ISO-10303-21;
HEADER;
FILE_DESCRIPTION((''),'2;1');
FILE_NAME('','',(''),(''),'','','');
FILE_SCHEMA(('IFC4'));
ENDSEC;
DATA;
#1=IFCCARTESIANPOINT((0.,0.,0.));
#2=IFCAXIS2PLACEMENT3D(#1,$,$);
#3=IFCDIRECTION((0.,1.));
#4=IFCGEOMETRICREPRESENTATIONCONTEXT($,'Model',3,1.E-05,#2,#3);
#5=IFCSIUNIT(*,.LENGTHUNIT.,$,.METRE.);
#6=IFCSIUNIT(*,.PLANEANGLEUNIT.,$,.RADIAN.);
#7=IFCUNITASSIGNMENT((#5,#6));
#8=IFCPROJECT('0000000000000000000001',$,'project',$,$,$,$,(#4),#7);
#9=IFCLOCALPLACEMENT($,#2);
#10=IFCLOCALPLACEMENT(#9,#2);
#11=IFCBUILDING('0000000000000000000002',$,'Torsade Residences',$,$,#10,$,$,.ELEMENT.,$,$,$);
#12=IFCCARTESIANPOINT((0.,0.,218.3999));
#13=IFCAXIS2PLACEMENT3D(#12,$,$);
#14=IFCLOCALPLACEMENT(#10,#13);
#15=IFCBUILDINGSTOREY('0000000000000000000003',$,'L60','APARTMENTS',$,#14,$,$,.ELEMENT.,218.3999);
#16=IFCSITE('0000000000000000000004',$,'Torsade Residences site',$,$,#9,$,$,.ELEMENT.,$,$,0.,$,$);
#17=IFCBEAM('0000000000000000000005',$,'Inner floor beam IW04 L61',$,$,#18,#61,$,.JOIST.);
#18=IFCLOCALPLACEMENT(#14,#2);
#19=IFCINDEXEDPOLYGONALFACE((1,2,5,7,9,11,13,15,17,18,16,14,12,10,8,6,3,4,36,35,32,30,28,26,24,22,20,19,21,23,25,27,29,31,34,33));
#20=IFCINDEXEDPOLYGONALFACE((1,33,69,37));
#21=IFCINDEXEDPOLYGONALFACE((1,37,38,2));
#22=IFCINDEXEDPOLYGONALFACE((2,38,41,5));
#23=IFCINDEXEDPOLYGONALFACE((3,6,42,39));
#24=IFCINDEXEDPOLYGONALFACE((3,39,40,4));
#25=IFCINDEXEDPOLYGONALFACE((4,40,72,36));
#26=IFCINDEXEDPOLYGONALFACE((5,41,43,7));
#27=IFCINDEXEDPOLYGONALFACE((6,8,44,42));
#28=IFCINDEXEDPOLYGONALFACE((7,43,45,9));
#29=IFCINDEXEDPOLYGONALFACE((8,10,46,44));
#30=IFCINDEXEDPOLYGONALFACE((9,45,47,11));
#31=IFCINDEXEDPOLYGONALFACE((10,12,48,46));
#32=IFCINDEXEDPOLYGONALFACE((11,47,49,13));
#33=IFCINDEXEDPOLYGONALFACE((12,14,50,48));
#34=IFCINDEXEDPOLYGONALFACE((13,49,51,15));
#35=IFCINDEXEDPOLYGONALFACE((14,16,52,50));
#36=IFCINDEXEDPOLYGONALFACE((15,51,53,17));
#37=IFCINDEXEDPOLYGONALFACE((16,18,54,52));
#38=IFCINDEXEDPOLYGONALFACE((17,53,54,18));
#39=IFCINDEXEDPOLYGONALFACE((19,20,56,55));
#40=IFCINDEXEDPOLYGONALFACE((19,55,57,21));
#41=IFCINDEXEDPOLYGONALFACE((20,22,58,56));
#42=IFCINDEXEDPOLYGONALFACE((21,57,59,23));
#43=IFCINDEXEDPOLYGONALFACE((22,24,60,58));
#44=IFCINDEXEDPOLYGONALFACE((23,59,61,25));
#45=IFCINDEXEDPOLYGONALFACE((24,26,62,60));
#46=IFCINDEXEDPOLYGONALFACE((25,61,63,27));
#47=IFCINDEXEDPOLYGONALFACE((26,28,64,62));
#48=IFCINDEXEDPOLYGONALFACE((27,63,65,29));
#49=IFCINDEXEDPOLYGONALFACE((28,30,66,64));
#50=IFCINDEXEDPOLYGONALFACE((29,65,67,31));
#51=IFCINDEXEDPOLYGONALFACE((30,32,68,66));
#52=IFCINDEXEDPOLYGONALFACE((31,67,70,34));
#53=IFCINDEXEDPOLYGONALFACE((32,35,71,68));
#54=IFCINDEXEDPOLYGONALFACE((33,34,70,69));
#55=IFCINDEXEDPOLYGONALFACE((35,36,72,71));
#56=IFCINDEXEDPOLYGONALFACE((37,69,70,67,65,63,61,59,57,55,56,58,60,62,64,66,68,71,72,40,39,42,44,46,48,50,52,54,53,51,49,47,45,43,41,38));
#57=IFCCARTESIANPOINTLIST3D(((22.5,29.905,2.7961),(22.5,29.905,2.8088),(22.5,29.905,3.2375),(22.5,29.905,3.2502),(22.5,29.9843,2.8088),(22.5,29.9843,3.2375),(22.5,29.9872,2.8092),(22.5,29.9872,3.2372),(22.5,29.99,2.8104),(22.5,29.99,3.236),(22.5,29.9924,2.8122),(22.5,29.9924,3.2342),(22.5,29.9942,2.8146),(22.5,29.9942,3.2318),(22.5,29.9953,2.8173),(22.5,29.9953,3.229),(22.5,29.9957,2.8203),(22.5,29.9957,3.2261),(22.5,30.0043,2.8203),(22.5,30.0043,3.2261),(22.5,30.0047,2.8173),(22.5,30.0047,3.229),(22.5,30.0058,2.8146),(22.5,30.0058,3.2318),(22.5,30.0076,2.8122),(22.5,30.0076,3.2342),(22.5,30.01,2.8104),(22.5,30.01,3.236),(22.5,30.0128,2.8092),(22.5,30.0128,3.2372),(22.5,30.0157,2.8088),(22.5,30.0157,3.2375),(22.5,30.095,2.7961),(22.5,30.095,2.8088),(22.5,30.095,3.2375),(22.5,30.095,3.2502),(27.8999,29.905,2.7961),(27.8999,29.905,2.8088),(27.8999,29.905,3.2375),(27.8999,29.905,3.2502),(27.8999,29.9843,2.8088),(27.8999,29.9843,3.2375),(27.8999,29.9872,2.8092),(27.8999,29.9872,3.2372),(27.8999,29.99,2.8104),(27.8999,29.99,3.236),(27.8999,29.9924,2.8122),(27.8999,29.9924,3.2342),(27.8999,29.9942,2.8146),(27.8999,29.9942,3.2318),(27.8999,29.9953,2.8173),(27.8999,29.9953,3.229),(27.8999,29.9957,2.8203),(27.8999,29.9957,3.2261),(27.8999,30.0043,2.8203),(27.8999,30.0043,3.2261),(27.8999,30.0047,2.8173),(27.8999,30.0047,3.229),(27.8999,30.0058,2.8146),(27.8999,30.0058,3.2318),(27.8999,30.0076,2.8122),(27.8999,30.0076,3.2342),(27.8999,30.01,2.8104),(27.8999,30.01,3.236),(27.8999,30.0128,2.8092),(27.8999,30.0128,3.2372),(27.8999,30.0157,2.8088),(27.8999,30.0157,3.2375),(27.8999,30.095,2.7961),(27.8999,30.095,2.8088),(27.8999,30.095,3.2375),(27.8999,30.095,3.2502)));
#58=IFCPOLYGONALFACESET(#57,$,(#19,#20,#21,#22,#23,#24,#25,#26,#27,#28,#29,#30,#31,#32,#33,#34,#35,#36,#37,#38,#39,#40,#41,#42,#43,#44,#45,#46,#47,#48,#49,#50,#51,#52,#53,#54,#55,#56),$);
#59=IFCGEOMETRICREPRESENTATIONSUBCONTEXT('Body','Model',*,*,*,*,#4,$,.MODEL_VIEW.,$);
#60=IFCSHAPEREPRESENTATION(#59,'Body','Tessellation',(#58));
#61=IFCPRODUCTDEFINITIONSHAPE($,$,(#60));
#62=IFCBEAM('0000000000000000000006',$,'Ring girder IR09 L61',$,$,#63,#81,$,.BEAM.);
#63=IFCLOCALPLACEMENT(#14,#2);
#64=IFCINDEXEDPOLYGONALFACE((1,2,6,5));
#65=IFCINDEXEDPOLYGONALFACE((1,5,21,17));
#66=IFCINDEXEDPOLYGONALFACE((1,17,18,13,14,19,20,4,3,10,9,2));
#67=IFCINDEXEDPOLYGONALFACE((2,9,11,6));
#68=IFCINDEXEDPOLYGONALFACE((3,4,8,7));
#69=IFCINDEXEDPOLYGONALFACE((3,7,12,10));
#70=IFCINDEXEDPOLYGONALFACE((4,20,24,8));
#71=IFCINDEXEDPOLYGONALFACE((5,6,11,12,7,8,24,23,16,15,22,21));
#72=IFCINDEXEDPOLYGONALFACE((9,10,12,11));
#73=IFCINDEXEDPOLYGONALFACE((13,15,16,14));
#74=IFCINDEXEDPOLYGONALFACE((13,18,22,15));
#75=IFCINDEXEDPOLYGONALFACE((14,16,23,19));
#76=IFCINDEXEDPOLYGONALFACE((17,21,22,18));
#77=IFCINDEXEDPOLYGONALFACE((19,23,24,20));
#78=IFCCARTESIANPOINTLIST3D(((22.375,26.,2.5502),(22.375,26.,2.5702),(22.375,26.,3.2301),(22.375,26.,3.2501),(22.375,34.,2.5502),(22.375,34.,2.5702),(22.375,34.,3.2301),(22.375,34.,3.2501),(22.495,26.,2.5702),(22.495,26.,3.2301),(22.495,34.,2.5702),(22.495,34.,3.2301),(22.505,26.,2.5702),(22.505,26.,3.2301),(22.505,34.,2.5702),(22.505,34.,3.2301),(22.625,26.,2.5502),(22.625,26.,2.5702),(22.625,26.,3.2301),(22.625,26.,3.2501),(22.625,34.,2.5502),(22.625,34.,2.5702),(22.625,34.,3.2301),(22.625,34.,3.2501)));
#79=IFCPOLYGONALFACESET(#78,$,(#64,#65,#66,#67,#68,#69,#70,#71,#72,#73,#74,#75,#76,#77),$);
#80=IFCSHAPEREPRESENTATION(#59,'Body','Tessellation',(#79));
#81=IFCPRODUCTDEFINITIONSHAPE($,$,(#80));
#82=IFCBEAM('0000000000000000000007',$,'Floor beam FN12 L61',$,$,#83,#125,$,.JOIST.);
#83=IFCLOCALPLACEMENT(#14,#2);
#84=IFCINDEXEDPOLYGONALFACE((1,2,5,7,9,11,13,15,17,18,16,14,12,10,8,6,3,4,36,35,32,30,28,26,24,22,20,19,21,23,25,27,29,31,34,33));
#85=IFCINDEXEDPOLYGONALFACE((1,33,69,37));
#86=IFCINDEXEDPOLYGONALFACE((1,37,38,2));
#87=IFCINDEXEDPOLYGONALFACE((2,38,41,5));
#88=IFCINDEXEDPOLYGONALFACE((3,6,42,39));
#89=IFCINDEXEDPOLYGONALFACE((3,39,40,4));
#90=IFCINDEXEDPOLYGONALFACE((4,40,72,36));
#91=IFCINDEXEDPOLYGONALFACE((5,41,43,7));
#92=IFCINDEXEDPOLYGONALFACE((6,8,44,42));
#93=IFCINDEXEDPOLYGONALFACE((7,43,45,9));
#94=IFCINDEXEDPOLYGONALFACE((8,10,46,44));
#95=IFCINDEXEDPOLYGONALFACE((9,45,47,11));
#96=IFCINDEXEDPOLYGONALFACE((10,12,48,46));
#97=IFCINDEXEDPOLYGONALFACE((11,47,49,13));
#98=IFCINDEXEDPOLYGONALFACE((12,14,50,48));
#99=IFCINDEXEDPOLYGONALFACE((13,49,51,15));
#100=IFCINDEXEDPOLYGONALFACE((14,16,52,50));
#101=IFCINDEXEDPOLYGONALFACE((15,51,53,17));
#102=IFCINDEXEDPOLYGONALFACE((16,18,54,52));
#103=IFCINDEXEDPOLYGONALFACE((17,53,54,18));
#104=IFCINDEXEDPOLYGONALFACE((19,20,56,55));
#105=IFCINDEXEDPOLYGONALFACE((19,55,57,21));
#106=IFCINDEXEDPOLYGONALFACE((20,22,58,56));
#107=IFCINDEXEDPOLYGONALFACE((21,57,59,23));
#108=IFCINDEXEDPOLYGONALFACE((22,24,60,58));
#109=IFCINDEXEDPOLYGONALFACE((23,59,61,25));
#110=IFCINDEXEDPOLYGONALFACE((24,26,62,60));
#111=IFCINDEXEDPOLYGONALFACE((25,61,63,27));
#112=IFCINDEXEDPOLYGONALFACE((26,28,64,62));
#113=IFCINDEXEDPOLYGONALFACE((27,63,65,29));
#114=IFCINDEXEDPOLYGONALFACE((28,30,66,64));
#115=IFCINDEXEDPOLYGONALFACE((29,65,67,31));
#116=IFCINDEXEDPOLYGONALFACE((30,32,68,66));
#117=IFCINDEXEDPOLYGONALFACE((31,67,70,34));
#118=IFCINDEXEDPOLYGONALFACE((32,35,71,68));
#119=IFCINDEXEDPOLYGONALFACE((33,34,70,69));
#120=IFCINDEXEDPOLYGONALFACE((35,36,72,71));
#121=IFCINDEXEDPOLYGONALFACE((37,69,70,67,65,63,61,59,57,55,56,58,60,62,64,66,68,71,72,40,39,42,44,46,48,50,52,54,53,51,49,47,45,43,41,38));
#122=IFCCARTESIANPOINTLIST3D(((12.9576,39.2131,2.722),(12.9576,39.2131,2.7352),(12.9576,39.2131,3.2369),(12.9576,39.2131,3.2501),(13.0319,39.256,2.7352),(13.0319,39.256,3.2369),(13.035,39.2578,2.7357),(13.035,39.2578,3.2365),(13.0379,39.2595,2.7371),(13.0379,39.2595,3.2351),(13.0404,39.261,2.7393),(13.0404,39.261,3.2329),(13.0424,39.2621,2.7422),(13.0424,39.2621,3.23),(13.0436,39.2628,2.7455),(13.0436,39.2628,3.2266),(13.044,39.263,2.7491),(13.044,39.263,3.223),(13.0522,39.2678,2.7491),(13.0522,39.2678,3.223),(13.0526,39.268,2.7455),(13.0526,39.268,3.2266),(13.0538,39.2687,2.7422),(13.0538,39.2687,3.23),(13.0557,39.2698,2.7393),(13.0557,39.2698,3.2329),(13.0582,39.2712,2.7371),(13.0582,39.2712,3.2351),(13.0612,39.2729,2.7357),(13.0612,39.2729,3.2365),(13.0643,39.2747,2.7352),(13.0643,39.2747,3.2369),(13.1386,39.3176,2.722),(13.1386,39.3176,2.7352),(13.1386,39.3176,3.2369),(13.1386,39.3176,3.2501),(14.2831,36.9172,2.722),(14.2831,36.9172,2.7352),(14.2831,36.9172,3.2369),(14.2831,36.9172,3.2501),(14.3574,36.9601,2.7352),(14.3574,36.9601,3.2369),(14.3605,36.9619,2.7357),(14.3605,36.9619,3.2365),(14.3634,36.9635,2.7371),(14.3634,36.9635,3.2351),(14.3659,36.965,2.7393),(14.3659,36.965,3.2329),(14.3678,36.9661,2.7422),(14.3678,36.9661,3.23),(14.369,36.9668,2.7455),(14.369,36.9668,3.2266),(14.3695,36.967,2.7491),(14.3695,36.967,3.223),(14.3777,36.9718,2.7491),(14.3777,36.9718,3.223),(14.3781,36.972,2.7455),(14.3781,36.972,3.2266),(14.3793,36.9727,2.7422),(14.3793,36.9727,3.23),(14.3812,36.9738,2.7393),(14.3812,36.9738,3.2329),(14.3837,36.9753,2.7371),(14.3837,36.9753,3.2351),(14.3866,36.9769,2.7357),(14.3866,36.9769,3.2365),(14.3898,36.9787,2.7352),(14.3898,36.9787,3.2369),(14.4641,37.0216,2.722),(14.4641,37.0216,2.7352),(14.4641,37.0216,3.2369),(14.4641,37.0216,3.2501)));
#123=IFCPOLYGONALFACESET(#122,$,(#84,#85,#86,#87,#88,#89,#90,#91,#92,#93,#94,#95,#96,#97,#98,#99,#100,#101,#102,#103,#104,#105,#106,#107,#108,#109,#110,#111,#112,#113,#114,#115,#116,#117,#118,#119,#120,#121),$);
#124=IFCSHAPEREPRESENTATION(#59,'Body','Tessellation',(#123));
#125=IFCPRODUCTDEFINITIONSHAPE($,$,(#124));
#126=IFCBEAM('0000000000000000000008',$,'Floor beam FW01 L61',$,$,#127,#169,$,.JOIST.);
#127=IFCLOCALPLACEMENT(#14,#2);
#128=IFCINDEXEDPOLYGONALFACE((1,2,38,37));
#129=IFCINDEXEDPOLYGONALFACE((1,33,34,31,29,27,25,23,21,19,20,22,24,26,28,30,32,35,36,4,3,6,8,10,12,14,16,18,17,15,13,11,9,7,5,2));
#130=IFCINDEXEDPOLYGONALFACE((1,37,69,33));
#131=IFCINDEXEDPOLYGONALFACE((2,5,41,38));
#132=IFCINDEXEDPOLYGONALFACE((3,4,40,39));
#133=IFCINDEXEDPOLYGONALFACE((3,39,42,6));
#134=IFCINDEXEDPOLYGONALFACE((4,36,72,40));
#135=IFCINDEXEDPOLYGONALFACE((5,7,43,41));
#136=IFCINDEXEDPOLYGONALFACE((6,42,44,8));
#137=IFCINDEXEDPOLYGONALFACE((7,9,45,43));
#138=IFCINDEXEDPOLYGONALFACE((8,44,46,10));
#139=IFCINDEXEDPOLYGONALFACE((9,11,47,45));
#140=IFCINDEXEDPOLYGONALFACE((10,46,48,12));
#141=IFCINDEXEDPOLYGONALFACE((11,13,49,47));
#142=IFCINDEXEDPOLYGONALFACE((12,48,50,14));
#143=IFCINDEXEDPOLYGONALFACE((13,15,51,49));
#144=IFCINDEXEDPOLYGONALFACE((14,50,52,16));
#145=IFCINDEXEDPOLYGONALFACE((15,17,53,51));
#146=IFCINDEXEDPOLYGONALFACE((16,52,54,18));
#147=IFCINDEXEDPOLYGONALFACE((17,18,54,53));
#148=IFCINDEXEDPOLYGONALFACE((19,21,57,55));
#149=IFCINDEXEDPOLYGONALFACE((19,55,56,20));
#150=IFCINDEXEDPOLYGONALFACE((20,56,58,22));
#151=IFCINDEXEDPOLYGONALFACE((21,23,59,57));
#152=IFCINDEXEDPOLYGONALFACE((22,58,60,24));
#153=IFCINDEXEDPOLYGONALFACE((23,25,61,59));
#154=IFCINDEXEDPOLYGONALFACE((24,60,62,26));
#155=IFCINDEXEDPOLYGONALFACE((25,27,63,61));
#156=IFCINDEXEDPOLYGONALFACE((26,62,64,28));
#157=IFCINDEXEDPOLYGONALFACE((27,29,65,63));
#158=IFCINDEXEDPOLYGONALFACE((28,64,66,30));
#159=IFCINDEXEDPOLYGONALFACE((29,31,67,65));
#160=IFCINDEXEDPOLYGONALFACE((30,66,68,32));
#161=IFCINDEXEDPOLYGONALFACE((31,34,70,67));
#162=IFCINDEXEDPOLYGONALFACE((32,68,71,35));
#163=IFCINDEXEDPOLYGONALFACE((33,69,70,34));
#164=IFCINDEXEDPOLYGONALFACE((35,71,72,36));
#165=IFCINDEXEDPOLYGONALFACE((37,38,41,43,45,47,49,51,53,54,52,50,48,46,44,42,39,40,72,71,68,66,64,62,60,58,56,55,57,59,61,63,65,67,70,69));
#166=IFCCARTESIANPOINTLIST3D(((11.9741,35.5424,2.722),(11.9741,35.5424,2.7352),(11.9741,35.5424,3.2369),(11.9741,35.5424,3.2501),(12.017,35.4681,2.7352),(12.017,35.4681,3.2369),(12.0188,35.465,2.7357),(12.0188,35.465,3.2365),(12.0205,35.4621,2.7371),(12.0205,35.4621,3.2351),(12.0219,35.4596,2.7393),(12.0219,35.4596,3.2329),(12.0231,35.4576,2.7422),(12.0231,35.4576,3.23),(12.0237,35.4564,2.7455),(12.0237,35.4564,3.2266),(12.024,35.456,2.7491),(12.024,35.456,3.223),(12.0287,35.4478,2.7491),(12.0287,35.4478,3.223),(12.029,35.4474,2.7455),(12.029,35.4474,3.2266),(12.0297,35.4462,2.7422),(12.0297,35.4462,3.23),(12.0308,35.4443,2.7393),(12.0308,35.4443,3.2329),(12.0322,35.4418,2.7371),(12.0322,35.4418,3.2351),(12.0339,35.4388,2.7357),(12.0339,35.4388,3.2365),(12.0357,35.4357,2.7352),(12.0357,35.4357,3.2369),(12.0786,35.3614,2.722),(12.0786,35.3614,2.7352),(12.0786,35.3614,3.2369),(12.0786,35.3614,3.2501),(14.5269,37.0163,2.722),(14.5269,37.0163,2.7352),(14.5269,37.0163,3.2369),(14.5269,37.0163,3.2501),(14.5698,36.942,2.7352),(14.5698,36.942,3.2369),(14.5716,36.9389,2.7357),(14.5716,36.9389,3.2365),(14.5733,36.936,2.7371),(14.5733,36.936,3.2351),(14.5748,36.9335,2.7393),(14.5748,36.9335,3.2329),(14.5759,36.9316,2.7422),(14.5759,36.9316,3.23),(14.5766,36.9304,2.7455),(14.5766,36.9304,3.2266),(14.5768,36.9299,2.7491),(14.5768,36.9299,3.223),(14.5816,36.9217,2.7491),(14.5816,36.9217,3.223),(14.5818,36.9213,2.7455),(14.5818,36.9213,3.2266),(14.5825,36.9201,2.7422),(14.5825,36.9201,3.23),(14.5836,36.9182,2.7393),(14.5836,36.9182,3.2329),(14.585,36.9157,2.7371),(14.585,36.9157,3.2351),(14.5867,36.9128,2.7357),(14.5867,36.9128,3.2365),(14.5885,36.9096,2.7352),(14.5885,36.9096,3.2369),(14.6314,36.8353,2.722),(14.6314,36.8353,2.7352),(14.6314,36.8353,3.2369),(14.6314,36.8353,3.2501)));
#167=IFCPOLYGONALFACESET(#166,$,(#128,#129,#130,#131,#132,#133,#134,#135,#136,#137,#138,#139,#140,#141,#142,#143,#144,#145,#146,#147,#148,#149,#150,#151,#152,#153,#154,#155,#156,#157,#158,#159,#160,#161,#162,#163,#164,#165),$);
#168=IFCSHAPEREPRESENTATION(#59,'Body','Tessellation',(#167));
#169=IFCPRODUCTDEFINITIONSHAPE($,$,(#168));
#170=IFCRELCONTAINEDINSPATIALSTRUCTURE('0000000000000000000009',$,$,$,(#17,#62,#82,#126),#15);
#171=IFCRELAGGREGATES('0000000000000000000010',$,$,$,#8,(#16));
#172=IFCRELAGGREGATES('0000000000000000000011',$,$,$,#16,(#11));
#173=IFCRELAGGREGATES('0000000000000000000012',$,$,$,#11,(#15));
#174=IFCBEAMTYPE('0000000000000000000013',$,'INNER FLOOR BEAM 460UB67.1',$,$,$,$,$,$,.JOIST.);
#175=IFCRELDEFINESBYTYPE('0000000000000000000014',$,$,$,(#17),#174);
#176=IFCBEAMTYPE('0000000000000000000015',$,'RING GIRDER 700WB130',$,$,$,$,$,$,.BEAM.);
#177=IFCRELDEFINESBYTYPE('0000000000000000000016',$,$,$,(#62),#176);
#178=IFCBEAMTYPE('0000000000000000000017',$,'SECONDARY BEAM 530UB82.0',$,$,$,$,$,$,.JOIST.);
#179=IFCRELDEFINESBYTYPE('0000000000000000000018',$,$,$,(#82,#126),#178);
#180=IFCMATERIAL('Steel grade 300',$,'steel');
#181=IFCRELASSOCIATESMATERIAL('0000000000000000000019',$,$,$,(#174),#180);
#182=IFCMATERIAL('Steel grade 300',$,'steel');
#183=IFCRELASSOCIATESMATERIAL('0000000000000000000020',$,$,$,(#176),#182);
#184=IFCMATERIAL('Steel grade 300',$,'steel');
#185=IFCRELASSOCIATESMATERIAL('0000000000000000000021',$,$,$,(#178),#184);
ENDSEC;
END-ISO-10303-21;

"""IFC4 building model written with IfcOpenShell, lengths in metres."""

from ifc_helpers import new_model, si_unit, direction, frame, origin, origin_2d, place, context, subcontext, project, spatial, i_section, extrude, material, material_profile, profile_set, type_object, element, save


model = new_model("IFC4")

# Units and contexts
model_context = context("Model", 3, precision=1e-05, world=origin(), true_north=direction((0.0, 1.0)))
body_context = subcontext(model_context, "Body", "Model", "MODEL_VIEW")
ifc_project = project(units=[si_unit("LENGTHUNIT", "METRE"), si_unit("PLANEANGLEUNIT", "RADIAN")], contexts=[model_context])

# Site, building, storey
site_placement = place(None, origin())
site = spatial("IfcSite", under=ifc_project, at=site_placement, Name="Torsade Residences site", CompositionType="ELEMENT", RefElevation=0.0)
building_placement = place(site_placement, origin())
building = spatial("IfcBuilding", under=site, at=building_placement, Name="Torsade Residences", CompositionType="ELEMENT")
storey_placement = place(building_placement, frame((0.0, 0.0, 218.3999)))
storey = spatial("IfcBuildingStorey", under=building, at=storey_placement, Name="L60", Description="APARTMENTS", CompositionType="ELEMENT", Elevation=218.3999)

# Beams
ifc_material_1 = material(Name="Steel grade 300", Category="steel")
ifc_material_profile_1 = material_profile(ifc_material_1, i_section(OverallWidth=0.1899, OverallDepth=0.4541, WebThickness=0.0085, FlangeThickness=0.0127, FilletRadius=0.0115, at=origin_2d()), Name="460UB67.1")
ifc_profile_set_1 = profile_set([ifc_material_profile_1], Name="Steel grade 300")
beam_type_1 = type_object("IfcBeamType", Name="INNER FLOOR BEAM 460UB67.1", PredefinedType="JOIST", material=ifc_profile_set_1)
for number, where, z_axis, x_axis, name in (
    (1, (27.8999, 30.0, 3.0232), (-1.0, 0.0, 0.0), (0.0, -1.0, 0.0), "Inner floor beam IW04 L61"),
):
    element("IfcBeam", number, at=place(storey_placement, frame(where, z_axis=z_axis, x_axis=x_axis)), inside=storey, type_object=beam_type_1, Name=name, PredefinedType="JOIST", context=body_context, shape_type="SweptSolid", body=[
        extrude(i_section(OverallWidth=0.1899, OverallDepth=0.4541, WebThickness=0.0085, FlangeThickness=0.0127, FilletRadius=0.0115, at=origin_2d()), origin(), (0.0, 0.0, 1.0), 5.3999),
    ])
ifc_material_2 = material(Name="Steel grade 300", Category="steel")
ifc_material_profile_2 = material_profile(ifc_material_2, i_section(OverallWidth=0.25, OverallDepth=0.7, WebThickness=0.01, FlangeThickness=0.02, at=origin_2d()), Name="700WB130")
ifc_profile_set_2 = profile_set([ifc_material_profile_2], Name="Steel grade 300")
beam_type_2 = type_object("IfcBeamType", Name="RING GIRDER 700WB130", PredefinedType="BEAM", material=ifc_profile_set_2)
beam_1_placement = place(storey_placement, frame((22.5, 34.0, 2.9001), z_axis=(0.0, -1.0, 0.0), x_axis=(1.0, 0.0, 0.0)))
element("IfcBeam", 2, at=beam_1_placement, inside=storey, type_object=beam_type_2, Name="Ring girder IR09 L61", PredefinedType="BEAM", context=body_context, shape_type="SweptSolid", body=[
    extrude(i_section(OverallWidth=0.25, OverallDepth=0.7, WebThickness=0.01, FlangeThickness=0.02, at=origin_2d()), origin(), (0.0, 0.0, 1.0), 8.0),
])
ifc_material_3 = material(Name="Steel grade 300", Category="steel")
ifc_material_profile_3 = material_profile(ifc_material_3, i_section(OverallWidth=0.209, OverallDepth=0.5281, WebThickness=0.0095, FlangeThickness=0.0132, FilletRadius=0.0139, at=origin_2d()), Name="530UB82.0")
ifc_profile_set_3 = profile_set([ifc_material_profile_3], Name="Steel grade 300")
beam_type_3 = type_object("IfcBeamType", Name="SECONDARY BEAM 530UB82.0", PredefinedType="JOIST", material=ifc_profile_set_3)
beam_2_placement = place(storey_placement, frame((13.0481, 39.2654, 2.9861), z_axis=(0.499972, -0.866041, 0.0), x_axis=(0.866041, 0.499972, 0.0)))
element("IfcBeam", 3, at=beam_2_placement, inside=storey, type_object=beam_type_3, Name="Floor beam FN12 L61", PredefinedType="JOIST", context=body_context, shape_type="SweptSolid", body=[
    extrude(i_section(OverallWidth=0.209, OverallDepth=0.5281, WebThickness=0.0095, FlangeThickness=0.0132, FilletRadius=0.0139, at=origin_2d()), origin(), (0.0, 0.0, 1.0), 2.6511),
])
beam_3_placement = place(storey_placement, frame((12.0264, 35.4519, 2.9861), z_axis=(0.866017, 0.500014, 0.0), x_axis=(-0.500014, 0.866017, 0.0)))
element("IfcBeam", 4, at=beam_3_placement, inside=storey, type_object=beam_type_3, Name="Floor beam FW01 L61", PredefinedType="JOIST", context=body_context, shape_type="SweptSolid", body=[
    extrude(i_section(OverallWidth=0.209, OverallDepth=0.5281, WebThickness=0.0095, FlangeThickness=0.0132, FilletRadius=0.0139, at=origin_2d()), origin(), (0.0, 0.0, 1.0), 2.9478),
])

save(model, "model.ifc")
